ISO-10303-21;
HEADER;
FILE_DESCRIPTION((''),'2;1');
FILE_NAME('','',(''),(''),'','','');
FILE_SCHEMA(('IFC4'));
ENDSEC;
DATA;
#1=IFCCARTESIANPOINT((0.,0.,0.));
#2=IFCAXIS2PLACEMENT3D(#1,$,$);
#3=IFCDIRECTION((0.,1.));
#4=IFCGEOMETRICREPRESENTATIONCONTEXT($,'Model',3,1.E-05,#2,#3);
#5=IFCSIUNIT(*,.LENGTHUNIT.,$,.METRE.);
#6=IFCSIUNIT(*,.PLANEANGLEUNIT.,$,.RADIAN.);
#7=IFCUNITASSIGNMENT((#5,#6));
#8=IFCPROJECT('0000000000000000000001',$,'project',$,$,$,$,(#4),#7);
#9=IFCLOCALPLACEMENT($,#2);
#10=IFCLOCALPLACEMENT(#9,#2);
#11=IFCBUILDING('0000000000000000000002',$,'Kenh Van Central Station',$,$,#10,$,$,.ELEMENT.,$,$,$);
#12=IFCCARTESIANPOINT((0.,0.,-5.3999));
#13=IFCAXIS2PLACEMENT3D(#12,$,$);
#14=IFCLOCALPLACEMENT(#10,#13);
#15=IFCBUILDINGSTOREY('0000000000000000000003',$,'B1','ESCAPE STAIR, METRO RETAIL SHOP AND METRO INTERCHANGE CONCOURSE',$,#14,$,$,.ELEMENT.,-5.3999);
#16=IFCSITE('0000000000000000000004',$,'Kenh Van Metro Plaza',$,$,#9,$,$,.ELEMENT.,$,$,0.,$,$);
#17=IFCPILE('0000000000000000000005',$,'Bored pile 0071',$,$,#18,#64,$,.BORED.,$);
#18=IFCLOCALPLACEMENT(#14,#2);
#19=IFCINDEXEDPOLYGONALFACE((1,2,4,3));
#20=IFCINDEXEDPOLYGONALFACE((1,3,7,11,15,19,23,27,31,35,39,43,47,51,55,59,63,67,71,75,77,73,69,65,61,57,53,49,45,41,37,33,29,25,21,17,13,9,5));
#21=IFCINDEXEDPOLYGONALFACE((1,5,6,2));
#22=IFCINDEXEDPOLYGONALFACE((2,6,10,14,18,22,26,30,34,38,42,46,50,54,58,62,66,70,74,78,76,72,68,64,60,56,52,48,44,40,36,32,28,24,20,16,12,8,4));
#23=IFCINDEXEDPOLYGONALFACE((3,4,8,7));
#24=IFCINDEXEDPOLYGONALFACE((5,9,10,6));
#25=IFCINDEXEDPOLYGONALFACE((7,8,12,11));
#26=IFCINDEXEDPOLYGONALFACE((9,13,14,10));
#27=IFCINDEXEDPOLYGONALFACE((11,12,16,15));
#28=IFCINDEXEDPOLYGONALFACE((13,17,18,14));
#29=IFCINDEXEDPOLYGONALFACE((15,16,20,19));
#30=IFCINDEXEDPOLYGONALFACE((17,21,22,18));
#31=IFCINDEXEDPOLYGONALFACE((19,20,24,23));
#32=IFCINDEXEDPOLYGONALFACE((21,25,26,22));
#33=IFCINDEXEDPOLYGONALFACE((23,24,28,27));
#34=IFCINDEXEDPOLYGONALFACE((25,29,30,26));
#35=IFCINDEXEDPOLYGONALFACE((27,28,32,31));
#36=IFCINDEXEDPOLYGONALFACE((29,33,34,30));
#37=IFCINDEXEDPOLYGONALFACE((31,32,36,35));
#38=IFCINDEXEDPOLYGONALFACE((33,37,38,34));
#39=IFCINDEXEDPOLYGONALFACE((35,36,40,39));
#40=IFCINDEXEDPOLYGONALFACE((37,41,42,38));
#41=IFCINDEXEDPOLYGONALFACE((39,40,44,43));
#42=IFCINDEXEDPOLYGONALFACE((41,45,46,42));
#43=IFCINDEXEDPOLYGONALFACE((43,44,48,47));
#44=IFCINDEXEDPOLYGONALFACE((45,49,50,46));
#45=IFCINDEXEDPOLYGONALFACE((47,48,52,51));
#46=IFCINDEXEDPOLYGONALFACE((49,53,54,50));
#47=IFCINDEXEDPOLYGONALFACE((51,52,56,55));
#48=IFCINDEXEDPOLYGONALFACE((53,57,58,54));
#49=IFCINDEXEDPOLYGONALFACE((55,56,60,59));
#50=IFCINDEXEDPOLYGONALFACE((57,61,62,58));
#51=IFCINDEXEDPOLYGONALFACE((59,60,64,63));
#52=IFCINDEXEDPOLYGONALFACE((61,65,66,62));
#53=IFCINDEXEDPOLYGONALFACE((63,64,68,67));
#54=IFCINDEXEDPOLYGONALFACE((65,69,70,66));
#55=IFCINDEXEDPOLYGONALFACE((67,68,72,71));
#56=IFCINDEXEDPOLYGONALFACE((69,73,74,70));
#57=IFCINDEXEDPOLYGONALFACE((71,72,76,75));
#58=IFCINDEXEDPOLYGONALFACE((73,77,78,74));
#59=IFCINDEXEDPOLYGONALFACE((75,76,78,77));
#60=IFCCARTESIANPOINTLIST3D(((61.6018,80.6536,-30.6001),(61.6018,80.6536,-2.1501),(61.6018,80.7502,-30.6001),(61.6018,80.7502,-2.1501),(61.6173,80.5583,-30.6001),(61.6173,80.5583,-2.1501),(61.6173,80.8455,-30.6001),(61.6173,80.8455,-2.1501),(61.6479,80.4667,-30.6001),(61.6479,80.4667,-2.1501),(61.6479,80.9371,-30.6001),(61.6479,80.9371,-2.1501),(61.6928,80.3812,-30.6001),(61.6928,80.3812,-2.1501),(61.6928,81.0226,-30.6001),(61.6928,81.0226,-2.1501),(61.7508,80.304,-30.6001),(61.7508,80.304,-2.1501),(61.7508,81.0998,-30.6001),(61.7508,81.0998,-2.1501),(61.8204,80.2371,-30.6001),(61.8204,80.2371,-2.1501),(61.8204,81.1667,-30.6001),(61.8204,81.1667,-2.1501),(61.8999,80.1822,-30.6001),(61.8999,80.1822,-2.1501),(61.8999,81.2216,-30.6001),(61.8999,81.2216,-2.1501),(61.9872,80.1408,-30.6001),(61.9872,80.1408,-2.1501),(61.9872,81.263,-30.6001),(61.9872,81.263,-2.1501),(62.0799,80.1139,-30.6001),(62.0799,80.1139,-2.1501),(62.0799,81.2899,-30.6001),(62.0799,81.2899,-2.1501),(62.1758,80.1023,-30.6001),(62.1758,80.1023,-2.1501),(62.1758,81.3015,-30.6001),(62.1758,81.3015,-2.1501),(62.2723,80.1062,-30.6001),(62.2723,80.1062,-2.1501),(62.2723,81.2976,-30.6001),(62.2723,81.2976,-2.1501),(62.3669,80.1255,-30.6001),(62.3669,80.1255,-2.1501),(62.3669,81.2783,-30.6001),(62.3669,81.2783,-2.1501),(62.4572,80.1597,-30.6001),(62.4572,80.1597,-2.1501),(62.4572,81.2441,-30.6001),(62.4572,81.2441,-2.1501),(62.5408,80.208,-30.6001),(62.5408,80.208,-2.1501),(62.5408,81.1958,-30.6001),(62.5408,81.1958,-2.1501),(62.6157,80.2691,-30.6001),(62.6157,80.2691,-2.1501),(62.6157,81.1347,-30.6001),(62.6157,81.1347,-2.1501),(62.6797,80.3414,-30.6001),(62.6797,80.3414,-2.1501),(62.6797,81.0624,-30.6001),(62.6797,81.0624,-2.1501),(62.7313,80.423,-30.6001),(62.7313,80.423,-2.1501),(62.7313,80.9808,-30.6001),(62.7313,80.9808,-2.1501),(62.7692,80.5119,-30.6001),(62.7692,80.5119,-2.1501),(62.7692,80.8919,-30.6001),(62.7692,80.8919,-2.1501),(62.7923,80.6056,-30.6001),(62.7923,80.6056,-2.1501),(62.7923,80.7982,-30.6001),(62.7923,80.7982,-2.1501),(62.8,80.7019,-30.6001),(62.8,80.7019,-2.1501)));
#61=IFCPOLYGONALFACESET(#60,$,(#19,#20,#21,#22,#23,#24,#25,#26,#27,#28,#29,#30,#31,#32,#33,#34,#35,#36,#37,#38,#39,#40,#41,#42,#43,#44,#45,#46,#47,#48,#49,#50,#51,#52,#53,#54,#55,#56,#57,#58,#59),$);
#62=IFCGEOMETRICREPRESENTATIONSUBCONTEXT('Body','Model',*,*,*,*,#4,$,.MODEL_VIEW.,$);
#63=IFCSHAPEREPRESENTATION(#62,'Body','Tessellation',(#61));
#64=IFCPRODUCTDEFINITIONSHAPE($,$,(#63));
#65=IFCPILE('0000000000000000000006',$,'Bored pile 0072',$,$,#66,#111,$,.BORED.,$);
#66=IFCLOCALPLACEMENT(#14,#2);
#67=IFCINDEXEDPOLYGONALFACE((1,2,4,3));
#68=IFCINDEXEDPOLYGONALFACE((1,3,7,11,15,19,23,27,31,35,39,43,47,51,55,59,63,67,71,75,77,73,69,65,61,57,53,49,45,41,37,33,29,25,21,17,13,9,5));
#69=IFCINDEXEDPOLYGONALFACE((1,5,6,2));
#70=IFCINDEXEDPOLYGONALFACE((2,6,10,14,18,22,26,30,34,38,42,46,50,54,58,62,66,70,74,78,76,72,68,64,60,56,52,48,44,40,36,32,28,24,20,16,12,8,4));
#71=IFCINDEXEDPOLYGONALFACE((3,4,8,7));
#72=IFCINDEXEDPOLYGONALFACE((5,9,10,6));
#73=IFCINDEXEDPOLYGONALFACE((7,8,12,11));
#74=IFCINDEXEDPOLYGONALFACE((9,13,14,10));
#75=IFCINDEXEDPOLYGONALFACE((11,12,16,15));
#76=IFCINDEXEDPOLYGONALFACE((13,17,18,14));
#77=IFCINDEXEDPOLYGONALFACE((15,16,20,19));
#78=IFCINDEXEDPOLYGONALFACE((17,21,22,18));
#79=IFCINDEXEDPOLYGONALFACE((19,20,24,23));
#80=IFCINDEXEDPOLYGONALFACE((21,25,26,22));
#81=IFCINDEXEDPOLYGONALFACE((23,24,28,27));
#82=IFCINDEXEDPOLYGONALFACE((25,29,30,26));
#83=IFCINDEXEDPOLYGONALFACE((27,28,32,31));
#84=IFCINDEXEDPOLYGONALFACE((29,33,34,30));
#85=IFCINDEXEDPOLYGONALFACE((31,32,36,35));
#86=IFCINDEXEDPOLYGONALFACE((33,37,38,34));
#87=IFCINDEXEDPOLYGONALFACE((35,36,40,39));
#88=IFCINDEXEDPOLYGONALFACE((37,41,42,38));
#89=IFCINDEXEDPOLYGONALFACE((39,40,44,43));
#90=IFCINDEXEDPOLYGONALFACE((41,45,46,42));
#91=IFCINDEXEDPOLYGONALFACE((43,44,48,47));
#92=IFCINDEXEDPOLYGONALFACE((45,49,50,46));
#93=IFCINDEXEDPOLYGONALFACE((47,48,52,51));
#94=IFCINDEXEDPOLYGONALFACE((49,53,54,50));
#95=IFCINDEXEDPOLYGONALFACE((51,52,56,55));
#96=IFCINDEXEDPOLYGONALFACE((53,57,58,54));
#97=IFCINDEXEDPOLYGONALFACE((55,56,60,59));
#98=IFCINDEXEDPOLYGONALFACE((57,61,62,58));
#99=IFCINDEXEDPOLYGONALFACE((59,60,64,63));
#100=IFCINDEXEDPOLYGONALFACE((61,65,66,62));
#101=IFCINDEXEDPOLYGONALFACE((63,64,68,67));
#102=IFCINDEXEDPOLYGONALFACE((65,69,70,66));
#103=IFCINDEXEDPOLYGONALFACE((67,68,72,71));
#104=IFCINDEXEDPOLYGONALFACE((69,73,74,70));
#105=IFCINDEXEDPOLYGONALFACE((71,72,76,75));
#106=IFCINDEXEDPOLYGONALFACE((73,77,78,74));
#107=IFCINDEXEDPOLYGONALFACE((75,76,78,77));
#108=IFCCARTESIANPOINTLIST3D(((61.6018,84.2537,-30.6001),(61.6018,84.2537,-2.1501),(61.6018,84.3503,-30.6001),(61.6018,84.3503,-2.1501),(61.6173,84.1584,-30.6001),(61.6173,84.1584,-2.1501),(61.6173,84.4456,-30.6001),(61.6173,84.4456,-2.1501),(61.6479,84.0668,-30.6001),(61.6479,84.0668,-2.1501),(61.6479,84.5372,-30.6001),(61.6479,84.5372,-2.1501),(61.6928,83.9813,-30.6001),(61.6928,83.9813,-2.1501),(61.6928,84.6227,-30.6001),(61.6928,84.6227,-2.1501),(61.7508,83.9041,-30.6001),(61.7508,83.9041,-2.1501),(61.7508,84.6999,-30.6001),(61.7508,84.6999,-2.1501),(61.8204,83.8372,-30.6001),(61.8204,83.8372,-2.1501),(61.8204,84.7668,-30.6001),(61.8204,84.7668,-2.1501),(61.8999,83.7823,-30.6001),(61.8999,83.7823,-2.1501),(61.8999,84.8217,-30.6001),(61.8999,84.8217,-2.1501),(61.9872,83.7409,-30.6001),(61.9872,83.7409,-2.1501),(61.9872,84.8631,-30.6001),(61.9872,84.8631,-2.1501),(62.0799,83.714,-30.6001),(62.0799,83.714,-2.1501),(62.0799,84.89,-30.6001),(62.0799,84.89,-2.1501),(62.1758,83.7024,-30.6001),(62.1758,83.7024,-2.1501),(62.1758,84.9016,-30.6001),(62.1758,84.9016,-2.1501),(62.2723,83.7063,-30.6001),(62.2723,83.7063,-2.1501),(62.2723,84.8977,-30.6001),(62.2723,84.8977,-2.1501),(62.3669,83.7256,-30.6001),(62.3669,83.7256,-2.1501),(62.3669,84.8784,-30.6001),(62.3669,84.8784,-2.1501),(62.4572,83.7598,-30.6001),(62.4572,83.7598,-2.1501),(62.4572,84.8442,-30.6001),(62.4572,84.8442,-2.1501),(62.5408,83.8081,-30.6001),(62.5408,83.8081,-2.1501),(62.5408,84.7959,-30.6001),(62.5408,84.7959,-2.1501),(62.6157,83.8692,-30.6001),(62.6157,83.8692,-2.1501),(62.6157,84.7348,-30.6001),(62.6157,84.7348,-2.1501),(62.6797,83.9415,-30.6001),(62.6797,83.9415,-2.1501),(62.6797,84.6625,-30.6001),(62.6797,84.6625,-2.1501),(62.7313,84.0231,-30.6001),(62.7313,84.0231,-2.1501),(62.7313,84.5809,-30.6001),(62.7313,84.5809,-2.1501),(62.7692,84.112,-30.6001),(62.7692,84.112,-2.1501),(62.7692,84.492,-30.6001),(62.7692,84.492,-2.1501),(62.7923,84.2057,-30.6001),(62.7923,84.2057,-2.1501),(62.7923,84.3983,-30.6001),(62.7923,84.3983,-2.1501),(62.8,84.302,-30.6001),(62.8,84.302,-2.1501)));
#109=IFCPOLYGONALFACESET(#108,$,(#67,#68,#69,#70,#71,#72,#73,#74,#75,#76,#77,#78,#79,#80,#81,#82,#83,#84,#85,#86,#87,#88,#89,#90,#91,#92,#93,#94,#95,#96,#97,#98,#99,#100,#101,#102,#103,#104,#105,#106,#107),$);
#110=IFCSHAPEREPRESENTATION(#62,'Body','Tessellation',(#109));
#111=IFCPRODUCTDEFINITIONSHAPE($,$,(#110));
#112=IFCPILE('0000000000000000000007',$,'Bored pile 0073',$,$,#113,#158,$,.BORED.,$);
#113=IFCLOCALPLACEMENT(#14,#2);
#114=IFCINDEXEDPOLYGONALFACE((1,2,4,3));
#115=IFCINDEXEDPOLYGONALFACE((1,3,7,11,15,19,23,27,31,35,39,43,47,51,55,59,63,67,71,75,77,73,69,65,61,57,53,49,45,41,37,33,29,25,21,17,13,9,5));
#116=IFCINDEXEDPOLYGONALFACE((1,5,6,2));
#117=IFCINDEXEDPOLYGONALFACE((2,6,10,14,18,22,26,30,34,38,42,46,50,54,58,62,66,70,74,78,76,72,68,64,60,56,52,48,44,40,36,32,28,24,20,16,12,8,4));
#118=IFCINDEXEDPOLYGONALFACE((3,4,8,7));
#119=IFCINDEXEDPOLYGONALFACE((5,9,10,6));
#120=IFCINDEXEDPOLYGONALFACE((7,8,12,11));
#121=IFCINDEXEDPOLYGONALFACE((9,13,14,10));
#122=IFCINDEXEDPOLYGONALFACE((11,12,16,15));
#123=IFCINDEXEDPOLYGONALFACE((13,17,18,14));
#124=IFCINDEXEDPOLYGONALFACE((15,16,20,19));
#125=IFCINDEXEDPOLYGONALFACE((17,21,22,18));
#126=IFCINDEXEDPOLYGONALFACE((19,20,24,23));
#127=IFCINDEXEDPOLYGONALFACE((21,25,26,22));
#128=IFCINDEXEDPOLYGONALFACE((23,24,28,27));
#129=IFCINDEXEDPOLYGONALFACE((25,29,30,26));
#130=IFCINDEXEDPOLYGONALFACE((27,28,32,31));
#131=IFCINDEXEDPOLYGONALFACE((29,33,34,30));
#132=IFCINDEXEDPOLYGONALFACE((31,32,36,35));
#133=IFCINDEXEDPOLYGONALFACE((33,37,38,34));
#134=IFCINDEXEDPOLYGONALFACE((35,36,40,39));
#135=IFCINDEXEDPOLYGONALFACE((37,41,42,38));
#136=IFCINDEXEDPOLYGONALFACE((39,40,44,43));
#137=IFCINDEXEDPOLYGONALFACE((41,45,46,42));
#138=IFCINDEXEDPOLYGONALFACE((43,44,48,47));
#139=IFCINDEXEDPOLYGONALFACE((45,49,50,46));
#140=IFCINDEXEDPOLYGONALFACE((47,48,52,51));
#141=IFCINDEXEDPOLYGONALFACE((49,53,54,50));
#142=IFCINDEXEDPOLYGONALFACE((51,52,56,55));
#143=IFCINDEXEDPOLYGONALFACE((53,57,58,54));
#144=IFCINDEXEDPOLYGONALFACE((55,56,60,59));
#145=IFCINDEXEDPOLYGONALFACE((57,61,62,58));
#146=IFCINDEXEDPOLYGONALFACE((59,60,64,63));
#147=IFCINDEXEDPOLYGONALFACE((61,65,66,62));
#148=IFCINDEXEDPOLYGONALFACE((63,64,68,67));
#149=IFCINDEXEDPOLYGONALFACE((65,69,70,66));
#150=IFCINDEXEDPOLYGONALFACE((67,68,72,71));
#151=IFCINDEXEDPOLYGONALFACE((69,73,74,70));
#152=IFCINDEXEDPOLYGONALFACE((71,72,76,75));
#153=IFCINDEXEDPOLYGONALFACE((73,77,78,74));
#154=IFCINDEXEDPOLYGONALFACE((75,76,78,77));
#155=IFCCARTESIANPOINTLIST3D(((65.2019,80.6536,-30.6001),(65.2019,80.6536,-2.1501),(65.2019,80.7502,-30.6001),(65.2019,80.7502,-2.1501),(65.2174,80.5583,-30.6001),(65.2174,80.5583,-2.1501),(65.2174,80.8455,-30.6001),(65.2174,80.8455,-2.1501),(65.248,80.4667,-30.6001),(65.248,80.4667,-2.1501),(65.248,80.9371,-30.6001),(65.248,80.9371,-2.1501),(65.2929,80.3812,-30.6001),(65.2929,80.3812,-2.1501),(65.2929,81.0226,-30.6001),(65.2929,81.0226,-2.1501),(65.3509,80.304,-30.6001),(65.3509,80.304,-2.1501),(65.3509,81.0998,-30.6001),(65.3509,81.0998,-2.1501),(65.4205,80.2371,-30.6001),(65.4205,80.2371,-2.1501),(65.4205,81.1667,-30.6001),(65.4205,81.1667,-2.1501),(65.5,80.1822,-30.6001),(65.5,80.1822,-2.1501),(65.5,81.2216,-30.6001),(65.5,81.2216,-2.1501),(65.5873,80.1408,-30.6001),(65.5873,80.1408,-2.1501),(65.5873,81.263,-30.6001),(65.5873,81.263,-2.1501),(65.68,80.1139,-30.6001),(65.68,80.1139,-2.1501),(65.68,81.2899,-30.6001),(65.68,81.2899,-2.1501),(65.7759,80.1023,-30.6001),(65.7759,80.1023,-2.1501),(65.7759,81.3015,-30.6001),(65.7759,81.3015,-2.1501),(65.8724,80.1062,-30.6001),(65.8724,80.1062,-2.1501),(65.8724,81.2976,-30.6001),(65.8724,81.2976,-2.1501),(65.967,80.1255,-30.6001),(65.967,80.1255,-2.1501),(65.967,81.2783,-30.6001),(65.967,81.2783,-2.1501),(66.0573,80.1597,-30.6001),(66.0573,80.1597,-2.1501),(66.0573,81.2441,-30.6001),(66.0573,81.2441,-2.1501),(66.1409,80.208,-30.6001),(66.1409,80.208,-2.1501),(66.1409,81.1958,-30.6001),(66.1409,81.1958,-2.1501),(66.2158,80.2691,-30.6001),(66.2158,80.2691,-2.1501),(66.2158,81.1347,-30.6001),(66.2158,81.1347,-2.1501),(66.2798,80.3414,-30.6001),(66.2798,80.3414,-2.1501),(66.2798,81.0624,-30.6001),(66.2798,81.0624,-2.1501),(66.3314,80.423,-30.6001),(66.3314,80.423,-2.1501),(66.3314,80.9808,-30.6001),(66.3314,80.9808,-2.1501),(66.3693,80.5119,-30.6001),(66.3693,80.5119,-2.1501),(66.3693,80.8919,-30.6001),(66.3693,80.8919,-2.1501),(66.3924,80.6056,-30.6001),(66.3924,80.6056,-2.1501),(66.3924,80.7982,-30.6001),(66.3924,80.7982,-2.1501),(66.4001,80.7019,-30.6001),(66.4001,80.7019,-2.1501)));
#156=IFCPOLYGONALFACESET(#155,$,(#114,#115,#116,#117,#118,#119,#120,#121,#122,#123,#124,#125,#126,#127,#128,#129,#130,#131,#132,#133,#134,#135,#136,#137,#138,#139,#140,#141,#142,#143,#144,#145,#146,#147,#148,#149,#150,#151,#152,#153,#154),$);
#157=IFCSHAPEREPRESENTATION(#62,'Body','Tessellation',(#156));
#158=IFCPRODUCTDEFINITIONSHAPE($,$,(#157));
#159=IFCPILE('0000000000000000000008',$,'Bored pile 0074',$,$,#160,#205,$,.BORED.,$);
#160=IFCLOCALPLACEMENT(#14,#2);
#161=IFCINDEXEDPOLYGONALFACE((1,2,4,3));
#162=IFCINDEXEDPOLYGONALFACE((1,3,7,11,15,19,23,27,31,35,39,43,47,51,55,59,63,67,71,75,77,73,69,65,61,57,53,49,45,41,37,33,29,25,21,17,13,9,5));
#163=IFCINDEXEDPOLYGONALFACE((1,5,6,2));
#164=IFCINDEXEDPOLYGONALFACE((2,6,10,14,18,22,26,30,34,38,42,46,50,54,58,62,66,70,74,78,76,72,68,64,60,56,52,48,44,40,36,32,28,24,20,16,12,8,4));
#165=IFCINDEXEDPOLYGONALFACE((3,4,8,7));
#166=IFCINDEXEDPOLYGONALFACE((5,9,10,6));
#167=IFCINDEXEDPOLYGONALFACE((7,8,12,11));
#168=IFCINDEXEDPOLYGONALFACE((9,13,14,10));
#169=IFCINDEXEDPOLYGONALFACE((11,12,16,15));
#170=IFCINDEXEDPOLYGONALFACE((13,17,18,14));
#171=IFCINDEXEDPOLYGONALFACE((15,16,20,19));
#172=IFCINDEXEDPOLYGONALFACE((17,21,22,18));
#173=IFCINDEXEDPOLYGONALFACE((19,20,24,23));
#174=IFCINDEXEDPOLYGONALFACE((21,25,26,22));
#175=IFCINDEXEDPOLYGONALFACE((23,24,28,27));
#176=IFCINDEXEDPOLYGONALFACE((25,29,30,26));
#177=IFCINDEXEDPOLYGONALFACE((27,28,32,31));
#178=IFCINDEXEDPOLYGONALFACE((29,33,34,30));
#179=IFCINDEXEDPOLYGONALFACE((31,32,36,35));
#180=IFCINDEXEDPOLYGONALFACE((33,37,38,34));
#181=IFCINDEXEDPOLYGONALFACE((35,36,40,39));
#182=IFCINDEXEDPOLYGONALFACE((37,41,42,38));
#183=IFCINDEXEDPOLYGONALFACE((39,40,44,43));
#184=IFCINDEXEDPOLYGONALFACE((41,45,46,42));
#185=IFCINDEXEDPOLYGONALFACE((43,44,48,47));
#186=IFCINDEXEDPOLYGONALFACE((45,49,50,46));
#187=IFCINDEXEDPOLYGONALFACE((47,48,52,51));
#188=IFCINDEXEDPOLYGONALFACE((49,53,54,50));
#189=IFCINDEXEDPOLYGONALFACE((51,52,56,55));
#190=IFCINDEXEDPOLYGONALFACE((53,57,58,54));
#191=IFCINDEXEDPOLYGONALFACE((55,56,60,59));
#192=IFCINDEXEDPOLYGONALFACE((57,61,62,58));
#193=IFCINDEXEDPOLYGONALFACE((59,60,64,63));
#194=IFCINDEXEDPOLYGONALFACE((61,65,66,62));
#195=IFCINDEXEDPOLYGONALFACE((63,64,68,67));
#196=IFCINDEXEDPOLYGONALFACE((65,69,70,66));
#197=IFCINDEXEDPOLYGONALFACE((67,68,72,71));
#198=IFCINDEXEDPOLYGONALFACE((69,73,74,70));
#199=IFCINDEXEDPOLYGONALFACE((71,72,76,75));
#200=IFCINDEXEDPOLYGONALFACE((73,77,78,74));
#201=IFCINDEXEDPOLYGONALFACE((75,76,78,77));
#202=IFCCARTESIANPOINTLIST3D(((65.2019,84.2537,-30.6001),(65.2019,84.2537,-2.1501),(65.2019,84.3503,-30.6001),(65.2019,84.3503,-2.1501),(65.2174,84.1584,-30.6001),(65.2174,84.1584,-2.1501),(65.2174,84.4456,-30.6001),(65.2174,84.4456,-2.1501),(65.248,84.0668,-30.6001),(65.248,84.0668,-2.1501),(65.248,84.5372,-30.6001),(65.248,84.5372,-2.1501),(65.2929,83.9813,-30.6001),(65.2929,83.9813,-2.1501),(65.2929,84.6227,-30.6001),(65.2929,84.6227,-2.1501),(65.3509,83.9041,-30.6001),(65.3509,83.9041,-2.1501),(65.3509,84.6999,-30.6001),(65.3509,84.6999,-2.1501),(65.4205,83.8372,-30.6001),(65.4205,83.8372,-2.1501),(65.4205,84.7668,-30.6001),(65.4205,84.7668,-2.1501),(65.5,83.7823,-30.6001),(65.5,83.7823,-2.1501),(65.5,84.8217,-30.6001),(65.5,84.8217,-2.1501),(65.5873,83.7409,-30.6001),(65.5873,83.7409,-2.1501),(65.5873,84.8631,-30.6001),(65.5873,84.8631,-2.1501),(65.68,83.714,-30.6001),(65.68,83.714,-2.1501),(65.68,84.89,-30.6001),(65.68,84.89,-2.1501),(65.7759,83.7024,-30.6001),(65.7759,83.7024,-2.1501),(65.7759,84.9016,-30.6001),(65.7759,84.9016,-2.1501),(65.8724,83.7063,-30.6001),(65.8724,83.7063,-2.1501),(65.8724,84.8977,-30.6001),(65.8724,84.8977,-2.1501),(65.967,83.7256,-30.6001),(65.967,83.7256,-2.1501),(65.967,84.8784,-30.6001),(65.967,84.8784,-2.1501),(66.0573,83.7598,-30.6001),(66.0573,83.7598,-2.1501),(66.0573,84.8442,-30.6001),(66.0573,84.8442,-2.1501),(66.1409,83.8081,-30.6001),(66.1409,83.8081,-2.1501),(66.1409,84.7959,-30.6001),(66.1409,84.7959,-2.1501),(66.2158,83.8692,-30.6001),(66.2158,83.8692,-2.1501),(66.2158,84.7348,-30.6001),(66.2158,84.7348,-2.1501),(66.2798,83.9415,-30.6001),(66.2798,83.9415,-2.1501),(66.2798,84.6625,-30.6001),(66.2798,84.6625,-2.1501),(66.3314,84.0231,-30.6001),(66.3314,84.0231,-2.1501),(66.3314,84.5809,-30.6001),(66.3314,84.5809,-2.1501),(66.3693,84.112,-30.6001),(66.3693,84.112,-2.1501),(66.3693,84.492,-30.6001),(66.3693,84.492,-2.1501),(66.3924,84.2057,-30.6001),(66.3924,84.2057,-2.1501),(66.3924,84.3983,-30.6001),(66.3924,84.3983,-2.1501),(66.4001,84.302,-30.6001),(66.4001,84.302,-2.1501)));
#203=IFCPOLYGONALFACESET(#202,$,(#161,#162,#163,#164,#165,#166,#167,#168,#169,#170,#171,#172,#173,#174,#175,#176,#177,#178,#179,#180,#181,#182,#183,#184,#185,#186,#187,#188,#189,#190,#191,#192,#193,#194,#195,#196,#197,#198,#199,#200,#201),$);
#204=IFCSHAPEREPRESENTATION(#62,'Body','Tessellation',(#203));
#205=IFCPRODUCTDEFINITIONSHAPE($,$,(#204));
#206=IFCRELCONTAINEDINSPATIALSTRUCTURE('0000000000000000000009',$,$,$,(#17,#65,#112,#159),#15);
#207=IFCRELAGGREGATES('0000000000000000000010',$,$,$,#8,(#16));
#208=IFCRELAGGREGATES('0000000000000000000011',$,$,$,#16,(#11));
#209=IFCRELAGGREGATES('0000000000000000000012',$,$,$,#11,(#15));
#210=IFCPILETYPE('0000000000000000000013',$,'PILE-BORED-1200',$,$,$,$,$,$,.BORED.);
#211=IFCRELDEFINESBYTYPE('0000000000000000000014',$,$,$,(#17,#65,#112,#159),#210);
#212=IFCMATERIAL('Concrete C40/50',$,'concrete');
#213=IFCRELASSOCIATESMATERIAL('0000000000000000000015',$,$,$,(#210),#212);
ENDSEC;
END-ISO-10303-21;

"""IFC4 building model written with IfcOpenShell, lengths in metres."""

from ifc_helpers import new_model, si_unit, direction, frame, origin, origin_2d, place, context, subcontext, project, spatial, circle, extrude, material, material_profile, profile_set, type_object, element, save


model = new_model("IFC4")

# Units and contexts
model_context = context("Model", 3, precision=1e-05, world=origin(), true_north=direction((0.0, 1.0)))
body_context = subcontext(model_context, "Body", "Model", "MODEL_VIEW")
ifc_project = project(units=[si_unit("LENGTHUNIT", "METRE"), si_unit("PLANEANGLEUNIT", "RADIAN")], contexts=[model_context])

# Site, building, storey
site_placement = place(None, origin())
site = spatial("IfcSite", under=ifc_project, at=site_placement, Name="Kenh Van Metro Plaza", CompositionType="ELEMENT", RefElevation=0.0)
building_placement = place(site_placement, origin())
building = spatial("IfcBuilding", under=site, at=building_placement, Name="Kenh Van Central Station", CompositionType="ELEMENT")
storey_placement = place(building_placement, frame((0.0, 0.0, -5.3999)))
storey = spatial("IfcBuildingStorey", under=building, at=storey_placement, Name="B1", Description="ESCAPE STAIR, METRO RETAIL SHOP AND METRO INTERCHANGE CONCOURSE", CompositionType="ELEMENT", Elevation=-5.3999)

# Shared definitions
ifc_material = material(Name="Concrete C40/50", Category="concrete")

# Piles
ifc_material_profile_1 = material_profile(ifc_material, circle(Radius=0.6001, at=origin_2d()), Name="PILE D1200")
ifc_profile_set_1 = profile_set([ifc_material_profile_1], Name="Concrete C40/50")
pile_type_1 = type_object("IfcPileType", Name="PILE-BORED-1200", PredefinedType="BORED", material=ifc_profile_set_1)
for number, where, z_axis, x_axis, name in (
    (1, (62.2, 80.7019, -2.1501), (0.0, 0.0, -1.0), (1.0, 0.0, 0.0), "Bored pile 0071"),
    (2, (62.2, 84.302, -2.1501), (0.0, 0.0, -1.0), (1.0, 0.0, 0.0), "Bored pile 0072"),
    (3, (65.8, 80.7019, -2.1501), (0.0, 0.0, -1.0), (1.0, 0.0, 0.0), "Bored pile 0073"),
    (4, (65.8, 84.302, -2.1501), (0.0, 0.0, -1.0), (1.0, 0.0, 0.0), "Bored pile 0074"),
):
    element("IfcPile", number, at=place(storey_placement, frame(where, z_axis=z_axis, x_axis=x_axis)), inside=storey, type_object=pile_type_1, Name=name, PredefinedType="BORED", context=body_context, shape_type="SweptSolid", body=[
        extrude(circle(Radius=0.6001, at=origin_2d()), origin(), (0.0, 0.0, 1.0), 28.45),
    ])

save(model, "model.ifc")
